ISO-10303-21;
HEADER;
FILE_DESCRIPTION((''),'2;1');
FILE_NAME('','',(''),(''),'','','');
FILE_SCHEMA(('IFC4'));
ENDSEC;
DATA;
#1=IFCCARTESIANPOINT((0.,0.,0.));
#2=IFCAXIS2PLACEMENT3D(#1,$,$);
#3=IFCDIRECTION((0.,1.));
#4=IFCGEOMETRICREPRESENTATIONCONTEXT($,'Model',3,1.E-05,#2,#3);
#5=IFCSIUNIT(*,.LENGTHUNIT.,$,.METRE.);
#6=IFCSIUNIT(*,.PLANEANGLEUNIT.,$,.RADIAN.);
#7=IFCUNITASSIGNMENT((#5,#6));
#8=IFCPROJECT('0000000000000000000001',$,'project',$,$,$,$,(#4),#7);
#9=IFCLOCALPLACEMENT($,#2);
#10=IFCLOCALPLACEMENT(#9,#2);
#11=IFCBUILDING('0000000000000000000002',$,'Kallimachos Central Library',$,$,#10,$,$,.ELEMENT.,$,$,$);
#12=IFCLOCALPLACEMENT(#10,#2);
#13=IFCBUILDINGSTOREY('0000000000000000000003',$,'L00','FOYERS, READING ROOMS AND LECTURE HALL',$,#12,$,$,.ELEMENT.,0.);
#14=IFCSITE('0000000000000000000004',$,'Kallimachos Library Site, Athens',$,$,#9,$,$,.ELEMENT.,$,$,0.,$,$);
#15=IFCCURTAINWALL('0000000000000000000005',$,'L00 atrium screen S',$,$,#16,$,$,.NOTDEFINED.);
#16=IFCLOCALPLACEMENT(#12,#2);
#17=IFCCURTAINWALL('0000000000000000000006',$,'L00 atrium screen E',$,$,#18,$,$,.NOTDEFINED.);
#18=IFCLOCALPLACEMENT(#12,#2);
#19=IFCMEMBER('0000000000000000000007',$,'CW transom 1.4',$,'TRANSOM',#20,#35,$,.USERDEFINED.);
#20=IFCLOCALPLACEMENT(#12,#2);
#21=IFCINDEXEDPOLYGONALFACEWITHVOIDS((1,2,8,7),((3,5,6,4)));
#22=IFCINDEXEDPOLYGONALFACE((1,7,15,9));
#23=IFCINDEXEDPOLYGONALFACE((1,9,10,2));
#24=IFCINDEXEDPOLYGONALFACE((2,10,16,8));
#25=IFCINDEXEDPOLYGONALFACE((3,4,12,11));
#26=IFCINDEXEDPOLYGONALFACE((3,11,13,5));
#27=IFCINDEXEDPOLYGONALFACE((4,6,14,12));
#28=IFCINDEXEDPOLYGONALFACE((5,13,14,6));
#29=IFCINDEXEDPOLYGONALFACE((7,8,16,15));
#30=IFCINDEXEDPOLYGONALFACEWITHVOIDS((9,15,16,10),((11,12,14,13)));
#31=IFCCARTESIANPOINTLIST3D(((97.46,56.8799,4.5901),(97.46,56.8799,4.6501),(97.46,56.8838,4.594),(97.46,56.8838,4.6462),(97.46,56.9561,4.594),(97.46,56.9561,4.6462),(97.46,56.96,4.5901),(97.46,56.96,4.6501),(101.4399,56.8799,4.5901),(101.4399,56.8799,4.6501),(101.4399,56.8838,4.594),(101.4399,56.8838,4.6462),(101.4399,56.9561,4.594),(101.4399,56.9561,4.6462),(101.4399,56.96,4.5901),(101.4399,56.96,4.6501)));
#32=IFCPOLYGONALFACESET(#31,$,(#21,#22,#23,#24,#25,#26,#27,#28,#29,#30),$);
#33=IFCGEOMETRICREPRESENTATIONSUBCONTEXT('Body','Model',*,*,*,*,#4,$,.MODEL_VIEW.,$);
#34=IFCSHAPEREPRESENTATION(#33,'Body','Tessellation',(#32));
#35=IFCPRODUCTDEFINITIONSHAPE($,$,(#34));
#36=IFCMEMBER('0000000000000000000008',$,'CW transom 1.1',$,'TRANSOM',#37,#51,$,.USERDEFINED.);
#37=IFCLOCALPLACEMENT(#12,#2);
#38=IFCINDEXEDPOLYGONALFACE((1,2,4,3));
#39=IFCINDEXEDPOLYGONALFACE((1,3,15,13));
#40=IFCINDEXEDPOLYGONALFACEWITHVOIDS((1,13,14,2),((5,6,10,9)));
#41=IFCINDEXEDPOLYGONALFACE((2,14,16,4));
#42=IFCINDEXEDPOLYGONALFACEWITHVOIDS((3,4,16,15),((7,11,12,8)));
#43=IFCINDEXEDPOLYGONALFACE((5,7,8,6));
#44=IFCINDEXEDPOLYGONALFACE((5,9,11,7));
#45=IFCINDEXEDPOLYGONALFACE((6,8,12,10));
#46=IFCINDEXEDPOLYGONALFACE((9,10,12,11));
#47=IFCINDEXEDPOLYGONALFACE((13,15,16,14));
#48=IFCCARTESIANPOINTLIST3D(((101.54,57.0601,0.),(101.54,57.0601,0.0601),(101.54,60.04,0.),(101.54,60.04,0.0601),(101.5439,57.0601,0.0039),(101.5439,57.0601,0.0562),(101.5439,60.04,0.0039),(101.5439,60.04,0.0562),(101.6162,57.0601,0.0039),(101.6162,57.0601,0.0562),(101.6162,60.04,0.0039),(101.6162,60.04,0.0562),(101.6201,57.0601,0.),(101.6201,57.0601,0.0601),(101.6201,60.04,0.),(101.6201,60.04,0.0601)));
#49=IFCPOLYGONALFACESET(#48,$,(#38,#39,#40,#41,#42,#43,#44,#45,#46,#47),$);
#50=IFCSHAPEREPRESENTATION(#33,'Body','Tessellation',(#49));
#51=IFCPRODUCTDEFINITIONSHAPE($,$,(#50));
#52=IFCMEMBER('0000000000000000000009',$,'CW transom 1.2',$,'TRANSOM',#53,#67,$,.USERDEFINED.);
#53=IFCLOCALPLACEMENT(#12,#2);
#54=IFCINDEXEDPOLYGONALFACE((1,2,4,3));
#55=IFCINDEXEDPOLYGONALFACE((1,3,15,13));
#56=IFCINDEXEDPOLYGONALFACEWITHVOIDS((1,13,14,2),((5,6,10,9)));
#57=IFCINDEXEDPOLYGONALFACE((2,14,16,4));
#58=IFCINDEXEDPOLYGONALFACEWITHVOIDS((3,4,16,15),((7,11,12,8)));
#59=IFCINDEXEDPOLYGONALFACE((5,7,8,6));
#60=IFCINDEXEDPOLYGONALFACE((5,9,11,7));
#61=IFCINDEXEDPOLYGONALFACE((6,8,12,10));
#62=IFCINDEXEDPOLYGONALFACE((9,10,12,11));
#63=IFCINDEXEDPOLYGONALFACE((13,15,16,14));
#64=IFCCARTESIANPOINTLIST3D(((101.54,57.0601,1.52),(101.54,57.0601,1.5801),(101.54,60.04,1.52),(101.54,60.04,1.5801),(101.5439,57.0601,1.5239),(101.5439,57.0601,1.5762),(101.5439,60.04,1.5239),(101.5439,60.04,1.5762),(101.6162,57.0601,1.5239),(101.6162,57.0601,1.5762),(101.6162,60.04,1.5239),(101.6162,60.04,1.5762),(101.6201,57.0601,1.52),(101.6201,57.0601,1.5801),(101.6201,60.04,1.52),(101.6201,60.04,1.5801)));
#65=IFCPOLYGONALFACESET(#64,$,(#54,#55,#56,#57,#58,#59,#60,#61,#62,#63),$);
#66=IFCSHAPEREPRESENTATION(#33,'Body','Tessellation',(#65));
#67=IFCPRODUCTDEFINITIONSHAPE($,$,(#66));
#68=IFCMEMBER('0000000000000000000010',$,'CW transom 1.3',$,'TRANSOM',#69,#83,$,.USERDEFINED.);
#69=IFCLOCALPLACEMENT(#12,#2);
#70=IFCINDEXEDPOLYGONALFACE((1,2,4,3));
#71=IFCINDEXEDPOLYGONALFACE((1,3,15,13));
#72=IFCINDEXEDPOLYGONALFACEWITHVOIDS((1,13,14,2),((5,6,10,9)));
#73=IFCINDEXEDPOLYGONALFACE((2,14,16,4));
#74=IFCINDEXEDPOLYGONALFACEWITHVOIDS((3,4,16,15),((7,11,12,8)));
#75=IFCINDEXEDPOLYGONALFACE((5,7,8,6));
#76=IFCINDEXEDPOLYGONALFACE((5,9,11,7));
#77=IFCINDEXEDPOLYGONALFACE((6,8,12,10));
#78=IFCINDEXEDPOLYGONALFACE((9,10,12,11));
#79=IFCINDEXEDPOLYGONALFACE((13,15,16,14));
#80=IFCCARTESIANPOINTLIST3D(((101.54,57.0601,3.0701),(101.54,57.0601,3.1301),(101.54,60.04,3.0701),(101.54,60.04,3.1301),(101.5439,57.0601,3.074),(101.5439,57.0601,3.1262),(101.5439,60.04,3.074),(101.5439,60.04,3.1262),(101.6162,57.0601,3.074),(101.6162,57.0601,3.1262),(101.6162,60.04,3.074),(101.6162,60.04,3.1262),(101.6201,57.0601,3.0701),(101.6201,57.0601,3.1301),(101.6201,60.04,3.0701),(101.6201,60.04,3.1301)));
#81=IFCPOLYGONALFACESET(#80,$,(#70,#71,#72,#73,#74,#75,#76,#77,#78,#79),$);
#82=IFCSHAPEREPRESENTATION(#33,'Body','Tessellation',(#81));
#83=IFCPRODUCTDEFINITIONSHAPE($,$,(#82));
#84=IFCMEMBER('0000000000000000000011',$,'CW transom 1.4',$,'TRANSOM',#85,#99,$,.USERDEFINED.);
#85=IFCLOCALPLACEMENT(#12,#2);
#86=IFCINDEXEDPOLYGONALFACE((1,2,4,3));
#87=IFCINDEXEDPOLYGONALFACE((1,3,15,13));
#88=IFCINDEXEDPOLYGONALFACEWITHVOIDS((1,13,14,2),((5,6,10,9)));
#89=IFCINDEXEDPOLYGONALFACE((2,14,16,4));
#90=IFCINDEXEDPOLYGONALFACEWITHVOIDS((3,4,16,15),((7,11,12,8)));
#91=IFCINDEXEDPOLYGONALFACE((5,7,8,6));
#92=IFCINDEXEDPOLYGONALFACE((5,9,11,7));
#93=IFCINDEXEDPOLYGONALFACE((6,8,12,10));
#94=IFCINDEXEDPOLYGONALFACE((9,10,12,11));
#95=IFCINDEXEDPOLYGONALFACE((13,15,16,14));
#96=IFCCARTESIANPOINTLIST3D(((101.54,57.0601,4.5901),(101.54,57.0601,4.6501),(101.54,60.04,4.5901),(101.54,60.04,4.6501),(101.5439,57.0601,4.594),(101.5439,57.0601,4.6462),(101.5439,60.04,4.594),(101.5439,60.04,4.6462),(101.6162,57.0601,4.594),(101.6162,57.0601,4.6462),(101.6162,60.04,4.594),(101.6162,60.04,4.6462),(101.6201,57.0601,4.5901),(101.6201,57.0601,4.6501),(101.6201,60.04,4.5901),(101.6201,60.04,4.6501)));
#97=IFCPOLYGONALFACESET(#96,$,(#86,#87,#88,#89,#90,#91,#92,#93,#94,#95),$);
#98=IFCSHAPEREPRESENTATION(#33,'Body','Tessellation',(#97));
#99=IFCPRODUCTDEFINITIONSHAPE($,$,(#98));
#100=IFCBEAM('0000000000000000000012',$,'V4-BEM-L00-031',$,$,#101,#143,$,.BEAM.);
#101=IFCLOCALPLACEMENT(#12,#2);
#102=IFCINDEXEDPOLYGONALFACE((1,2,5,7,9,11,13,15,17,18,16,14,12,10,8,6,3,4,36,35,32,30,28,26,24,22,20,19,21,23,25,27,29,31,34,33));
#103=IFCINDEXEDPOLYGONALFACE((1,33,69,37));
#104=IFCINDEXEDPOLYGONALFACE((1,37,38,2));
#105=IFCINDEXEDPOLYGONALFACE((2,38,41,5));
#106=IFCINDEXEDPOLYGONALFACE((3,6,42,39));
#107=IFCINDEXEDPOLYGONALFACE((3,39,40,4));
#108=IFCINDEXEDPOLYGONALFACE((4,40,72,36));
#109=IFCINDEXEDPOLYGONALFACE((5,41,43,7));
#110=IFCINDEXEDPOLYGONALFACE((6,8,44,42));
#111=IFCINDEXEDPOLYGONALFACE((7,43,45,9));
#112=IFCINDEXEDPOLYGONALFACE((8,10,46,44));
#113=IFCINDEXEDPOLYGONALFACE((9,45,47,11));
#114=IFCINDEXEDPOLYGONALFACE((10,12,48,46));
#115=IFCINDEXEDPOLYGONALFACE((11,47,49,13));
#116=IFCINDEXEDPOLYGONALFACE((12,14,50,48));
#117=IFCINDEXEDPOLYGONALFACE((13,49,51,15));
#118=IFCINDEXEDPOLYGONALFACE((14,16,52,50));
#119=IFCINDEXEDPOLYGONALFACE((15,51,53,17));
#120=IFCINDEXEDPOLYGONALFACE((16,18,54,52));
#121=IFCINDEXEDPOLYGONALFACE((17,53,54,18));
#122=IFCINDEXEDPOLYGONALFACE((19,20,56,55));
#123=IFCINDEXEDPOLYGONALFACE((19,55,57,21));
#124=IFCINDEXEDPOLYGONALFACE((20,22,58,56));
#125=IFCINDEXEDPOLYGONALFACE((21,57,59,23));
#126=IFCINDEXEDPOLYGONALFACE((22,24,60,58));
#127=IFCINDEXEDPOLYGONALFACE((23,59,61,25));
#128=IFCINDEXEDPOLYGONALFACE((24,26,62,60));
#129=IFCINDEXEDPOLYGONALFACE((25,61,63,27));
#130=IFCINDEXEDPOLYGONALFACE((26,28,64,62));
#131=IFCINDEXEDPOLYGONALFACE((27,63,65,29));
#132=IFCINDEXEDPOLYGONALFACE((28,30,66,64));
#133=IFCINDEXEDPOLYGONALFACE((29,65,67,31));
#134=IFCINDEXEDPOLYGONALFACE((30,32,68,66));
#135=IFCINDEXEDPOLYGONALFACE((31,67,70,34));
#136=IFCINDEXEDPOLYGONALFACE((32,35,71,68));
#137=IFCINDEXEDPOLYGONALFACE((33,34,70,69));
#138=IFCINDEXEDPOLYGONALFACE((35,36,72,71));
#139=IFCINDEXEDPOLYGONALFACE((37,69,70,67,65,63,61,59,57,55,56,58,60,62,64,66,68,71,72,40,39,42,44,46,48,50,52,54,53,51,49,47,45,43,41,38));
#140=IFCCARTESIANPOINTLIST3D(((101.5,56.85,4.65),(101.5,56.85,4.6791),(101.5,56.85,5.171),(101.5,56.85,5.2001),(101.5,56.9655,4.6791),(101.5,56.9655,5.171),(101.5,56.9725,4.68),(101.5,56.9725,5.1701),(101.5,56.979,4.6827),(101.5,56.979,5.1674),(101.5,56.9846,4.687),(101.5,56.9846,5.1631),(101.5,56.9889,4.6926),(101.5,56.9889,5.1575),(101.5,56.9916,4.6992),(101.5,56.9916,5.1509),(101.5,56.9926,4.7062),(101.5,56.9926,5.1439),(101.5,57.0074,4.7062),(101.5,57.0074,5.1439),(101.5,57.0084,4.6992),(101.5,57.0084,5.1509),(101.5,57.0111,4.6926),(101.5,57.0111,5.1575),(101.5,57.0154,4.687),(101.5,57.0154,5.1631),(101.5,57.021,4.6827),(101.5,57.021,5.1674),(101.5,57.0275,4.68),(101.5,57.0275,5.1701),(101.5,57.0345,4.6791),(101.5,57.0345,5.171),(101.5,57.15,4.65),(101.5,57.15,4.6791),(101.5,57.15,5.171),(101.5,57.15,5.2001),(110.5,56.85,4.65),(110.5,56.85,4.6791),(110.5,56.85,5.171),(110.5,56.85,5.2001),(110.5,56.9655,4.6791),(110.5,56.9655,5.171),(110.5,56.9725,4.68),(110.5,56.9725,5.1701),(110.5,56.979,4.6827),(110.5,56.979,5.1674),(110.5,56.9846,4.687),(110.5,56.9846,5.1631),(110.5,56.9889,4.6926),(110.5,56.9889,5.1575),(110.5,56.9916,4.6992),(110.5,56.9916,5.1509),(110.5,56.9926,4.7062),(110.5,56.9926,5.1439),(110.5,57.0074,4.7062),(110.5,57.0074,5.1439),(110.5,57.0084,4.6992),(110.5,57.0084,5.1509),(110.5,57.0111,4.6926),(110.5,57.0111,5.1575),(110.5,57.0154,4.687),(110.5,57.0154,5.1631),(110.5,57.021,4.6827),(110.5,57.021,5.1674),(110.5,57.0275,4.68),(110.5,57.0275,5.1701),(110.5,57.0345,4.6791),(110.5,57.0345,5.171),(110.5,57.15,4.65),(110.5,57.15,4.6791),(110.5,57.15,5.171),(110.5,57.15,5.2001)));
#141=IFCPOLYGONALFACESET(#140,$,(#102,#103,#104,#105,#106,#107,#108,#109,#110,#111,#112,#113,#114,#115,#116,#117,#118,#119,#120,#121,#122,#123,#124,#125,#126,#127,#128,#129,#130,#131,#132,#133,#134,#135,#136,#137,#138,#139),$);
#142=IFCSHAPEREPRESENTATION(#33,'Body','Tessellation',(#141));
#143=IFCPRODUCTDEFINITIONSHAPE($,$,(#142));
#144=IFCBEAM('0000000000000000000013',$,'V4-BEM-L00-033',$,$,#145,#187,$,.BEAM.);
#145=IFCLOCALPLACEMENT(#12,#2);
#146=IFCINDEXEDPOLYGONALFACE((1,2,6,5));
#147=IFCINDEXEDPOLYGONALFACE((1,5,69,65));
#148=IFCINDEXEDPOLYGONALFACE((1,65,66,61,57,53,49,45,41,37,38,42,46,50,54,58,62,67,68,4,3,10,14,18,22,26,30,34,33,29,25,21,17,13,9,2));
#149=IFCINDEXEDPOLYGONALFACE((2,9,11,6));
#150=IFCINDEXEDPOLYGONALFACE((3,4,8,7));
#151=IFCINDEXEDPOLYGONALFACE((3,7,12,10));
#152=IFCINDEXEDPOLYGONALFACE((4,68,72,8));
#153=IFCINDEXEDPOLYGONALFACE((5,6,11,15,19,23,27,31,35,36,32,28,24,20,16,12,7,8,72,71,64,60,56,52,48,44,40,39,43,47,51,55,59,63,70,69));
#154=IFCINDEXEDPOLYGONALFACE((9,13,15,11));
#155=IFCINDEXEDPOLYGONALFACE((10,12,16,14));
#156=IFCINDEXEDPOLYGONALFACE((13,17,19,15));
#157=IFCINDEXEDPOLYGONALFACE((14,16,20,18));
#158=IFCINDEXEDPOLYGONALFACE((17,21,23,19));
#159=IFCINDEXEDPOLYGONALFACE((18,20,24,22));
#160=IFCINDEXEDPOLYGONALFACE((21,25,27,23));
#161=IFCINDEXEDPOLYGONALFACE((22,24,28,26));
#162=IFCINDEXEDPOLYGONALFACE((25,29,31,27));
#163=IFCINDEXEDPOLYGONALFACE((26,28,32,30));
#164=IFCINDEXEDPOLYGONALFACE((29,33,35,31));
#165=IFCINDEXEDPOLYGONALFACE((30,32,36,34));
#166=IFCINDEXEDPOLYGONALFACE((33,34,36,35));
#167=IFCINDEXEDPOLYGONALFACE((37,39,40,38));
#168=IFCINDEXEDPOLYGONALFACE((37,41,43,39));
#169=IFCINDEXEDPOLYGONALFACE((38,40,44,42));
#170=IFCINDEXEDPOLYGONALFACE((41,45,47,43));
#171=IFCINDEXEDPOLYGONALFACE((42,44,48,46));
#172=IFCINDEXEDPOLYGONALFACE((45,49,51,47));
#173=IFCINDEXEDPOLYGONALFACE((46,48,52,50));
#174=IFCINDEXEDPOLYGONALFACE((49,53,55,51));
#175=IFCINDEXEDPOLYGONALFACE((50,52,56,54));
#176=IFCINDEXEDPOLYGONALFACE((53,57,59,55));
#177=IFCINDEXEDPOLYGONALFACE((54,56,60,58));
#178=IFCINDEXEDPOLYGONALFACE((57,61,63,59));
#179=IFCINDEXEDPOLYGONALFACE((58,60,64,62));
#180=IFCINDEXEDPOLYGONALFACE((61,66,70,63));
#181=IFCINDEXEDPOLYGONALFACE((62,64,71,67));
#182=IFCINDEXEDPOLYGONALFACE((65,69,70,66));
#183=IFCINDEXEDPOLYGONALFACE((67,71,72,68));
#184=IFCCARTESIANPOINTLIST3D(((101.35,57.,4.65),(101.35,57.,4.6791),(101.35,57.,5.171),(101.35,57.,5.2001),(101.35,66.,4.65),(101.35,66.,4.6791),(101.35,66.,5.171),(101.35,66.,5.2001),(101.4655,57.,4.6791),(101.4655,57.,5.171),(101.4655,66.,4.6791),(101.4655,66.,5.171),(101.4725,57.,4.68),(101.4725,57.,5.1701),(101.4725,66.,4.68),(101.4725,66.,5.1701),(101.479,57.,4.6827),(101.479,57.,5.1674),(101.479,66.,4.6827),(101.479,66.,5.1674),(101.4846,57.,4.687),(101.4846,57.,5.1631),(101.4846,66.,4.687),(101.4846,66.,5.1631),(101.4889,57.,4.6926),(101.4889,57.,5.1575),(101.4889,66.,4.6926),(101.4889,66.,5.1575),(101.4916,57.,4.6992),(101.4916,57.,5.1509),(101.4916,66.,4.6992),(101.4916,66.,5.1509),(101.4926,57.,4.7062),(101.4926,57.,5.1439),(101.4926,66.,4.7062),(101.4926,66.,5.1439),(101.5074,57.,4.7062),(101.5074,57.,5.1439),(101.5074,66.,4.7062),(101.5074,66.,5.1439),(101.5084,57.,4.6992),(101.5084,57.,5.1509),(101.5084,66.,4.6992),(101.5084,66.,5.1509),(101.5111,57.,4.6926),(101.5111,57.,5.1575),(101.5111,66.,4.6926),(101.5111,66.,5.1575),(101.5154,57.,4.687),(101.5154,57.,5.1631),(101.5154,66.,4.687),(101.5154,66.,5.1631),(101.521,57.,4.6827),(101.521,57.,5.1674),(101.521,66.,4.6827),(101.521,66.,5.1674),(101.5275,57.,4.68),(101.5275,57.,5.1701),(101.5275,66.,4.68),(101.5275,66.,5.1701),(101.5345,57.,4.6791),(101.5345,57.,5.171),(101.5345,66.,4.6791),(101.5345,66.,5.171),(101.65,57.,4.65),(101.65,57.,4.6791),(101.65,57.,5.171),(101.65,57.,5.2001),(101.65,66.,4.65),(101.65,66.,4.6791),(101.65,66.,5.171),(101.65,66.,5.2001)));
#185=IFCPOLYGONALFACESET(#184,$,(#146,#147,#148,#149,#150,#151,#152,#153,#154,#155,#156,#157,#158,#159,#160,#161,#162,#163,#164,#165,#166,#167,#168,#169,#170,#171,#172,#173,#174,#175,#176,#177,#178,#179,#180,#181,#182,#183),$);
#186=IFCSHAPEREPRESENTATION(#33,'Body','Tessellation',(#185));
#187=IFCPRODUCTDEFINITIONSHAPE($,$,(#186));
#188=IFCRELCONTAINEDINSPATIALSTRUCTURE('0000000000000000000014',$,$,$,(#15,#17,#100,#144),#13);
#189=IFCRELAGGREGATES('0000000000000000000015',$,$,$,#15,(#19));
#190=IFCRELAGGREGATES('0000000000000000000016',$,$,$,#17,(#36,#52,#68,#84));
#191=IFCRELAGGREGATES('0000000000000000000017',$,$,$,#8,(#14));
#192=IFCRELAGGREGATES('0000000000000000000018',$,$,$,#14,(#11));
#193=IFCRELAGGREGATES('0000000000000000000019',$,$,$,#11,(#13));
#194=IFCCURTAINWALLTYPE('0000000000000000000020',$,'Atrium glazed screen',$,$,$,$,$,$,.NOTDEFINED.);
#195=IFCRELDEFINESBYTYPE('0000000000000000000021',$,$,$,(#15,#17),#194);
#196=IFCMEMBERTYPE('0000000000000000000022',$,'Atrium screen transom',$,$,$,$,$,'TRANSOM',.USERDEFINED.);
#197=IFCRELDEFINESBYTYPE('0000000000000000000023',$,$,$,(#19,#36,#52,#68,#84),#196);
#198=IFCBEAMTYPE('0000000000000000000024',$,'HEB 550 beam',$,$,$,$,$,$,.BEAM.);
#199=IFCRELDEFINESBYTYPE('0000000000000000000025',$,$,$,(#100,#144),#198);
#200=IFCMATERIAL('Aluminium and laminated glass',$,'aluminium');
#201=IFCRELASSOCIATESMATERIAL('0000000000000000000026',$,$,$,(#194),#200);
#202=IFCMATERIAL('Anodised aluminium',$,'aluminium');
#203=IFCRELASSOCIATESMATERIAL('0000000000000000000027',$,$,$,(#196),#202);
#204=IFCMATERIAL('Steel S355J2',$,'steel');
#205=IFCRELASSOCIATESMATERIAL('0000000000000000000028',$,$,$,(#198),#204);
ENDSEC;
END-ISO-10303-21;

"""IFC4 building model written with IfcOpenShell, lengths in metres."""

from ifc_helpers import new_model, si_unit, direction, frame, origin, origin_2d, place, context, subcontext, project, spatial, hollow_rectangle, i_section, extrude, material, material_profile, profile_set, type_object, element, aggregate, save


model = new_model("IFC4")

# Units and contexts
model_context = context("Model", 3, precision=1e-05, world=origin(), true_north=direction((0.0, 1.0)))
body_context = subcontext(model_context, "Body", "Model", "MODEL_VIEW")
ifc_project = project(units=[si_unit("LENGTHUNIT", "METRE"), si_unit("PLANEANGLEUNIT", "RADIAN")], contexts=[model_context])

# Site, building, storey
site_placement = place(None, origin())
site = spatial("IfcSite", under=ifc_project, at=site_placement, Name="Kallimachos Library Site, Athens", CompositionType="ELEMENT", RefElevation=0.0)
building_placement = place(site_placement, origin())
building = spatial("IfcBuilding", under=site, at=building_placement, Name="Kallimachos Central Library", CompositionType="ELEMENT")
storey_placement = place(building_placement, origin())
storey = spatial("IfcBuildingStorey", under=building, at=storey_placement, Name="L00", Description="FOYERS, READING ROOMS AND LECTURE HALL", CompositionType="ELEMENT", Elevation=0.0)

# Curtain walls
ifc_material_1 = material(Name="Aluminium and laminated glass", Category="aluminium")
curtain_wall_type = type_object("IfcCurtainWallType", Name="Atrium glazed screen", PredefinedType="NOTDEFINED", material=ifc_material_1)
curtain_wall_1_placement = place(storey_placement, origin())
curtain_wall_1 = element("IfcCurtainWall", 1, at=curtain_wall_1_placement, inside=storey, type_object=curtain_wall_type, Name="L00 atrium screen S", PredefinedType="NOTDEFINED")
curtain_wall_2_placement = place(storey_placement, origin())
curtain_wall_2 = element("IfcCurtainWall", 2, at=curtain_wall_2_placement, inside=storey, type_object=curtain_wall_type, Name="L00 atrium screen E", PredefinedType="NOTDEFINED")

# Members
ifc_material_2 = material(Name="Anodised aluminium", Category="aluminium")
ifc_material_profile_1 = material_profile(ifc_material_2, hollow_rectangle(XDim=0.0601, YDim=0.0801, WallThickness=0.0039, at=origin_2d()), Name="ALU TRANSOM 60x80")
ifc_profile_set_1 = profile_set([ifc_material_profile_1], Name="Anodised aluminium")
member_type_1 = type_object("IfcMemberType", Name="Atrium screen transom", ElementType="TRANSOM", PredefinedType="USERDEFINED", material=ifc_profile_set_1)
member_1_placement = place(storey_placement, frame((97.46, 56.9199, 4.6201), z_axis=(1.0, 0.0, 0.0), x_axis=(0.0, 0.0, 1.0)))
member_1 = element("IfcMember", 3, at=member_1_placement, type_object=member_type_1, Name="CW transom 1.4", ObjectType="TRANSOM", PredefinedType="USERDEFINED", context=body_context, shape_type="SweptSolid", body=[
    extrude(hollow_rectangle(XDim=0.0601, YDim=0.0801, WallThickness=0.0039, at=origin_2d()), origin(), (0.0, 0.0, 1.0), 3.98),
])
member_2_placement = place(storey_placement, frame((101.5801, 57.0601, 0.03), z_axis=(0.0, 1.0, 0.0), x_axis=(0.0, 0.0, 1.0)))
member_2 = element("IfcMember", 4, at=member_2_placement, type_object=member_type_1, Name="CW transom 1.1", ObjectType="TRANSOM", PredefinedType="USERDEFINED", context=body_context, shape_type="SweptSolid", body=[
    extrude(hollow_rectangle(XDim=0.0601, YDim=0.0801, WallThickness=0.0039, at=origin_2d()), origin(), (0.0, 0.0, 1.0), 2.98),
])
member_3_placement = place(storey_placement, frame((101.5801, 57.0601, 1.55), z_axis=(0.0, 1.0, 0.0), x_axis=(0.0, 0.0, 1.0)))
member_3 = element("IfcMember", 5, at=member_3_placement, type_object=member_type_1, Name="CW transom 1.2", ObjectType="TRANSOM", PredefinedType="USERDEFINED", context=body_context, shape_type="SweptSolid", body=[
    extrude(hollow_rectangle(XDim=0.0601, YDim=0.0801, WallThickness=0.0039, at=origin_2d()), origin(), (0.0, 0.0, 1.0), 2.98),
])
member_4_placement = place(storey_placement, frame((101.5801, 57.0601, 3.1001), z_axis=(0.0, 1.0, 0.0), x_axis=(0.0, 0.0, 1.0)))
member_4 = element("IfcMember", 6, at=member_4_placement, type_object=member_type_1, Name="CW transom 1.3", ObjectType="TRANSOM", PredefinedType="USERDEFINED", context=body_context, shape_type="SweptSolid", body=[
    extrude(hollow_rectangle(XDim=0.0601, YDim=0.0801, WallThickness=0.0039, at=origin_2d()), origin(), (0.0, 0.0, 1.0), 2.98),
])
member_5_placement = place(storey_placement, frame((101.5801, 57.0601, 4.6201), z_axis=(0.0, 1.0, 0.0), x_axis=(0.0, 0.0, 1.0)))
member_5 = element("IfcMember", 7, at=member_5_placement, type_object=member_type_1, Name="CW transom 1.4", ObjectType="TRANSOM", PredefinedType="USERDEFINED", context=body_context, shape_type="SweptSolid", body=[
    extrude(hollow_rectangle(XDim=0.0601, YDim=0.0801, WallThickness=0.0039, at=origin_2d()), origin(), (0.0, 0.0, 1.0), 2.98),
])

# Beams
ifc_material_3 = material(Name="Steel S355J2", Category="steel")
ifc_material_profile_2 = material_profile(ifc_material_3, i_section(OverallWidth=0.3, OverallDepth=0.55, WebThickness=0.0149, FlangeThickness=0.0291, FilletRadius=0.0271, at=origin_2d()), Name="HEB 550")
ifc_profile_set_2 = profile_set([ifc_material_profile_2], Name="Steel S355J2")
beam_type_1 = type_object("IfcBeamType", Name="HEB 550 beam", PredefinedType="BEAM", material=ifc_profile_set_2)
for number, where, z_axis, x_axis, name in (
    (8, (101.5, 57.0, 4.925), (1.0, 0.0, 0.0), (0.0, 1.0, 0.0), "V4-BEM-L00-031"),
    (9, (101.5, 57.0, 4.925), (0.0, 1.0, 0.0), (-1.0, 0.0, 0.0), "V4-BEM-L00-033"),
):
    element("IfcBeam", number, at=place(storey_placement, frame(where, z_axis=z_axis, x_axis=x_axis)), inside=storey, type_object=beam_type_1, Name=name, PredefinedType="BEAM", context=body_context, shape_type="SweptSolid", body=[
        extrude(i_section(OverallWidth=0.3, OverallDepth=0.55, WebThickness=0.0149, FlangeThickness=0.0291, FilletRadius=0.0271, at=origin_2d()), origin(), (0.0, 0.0, 1.0), 9.0),
    ])

aggregate(curtain_wall_1, [member_1])
aggregate(curtain_wall_2, [member_2, member_3, member_4, member_5])

save(model, "model.ifc")
